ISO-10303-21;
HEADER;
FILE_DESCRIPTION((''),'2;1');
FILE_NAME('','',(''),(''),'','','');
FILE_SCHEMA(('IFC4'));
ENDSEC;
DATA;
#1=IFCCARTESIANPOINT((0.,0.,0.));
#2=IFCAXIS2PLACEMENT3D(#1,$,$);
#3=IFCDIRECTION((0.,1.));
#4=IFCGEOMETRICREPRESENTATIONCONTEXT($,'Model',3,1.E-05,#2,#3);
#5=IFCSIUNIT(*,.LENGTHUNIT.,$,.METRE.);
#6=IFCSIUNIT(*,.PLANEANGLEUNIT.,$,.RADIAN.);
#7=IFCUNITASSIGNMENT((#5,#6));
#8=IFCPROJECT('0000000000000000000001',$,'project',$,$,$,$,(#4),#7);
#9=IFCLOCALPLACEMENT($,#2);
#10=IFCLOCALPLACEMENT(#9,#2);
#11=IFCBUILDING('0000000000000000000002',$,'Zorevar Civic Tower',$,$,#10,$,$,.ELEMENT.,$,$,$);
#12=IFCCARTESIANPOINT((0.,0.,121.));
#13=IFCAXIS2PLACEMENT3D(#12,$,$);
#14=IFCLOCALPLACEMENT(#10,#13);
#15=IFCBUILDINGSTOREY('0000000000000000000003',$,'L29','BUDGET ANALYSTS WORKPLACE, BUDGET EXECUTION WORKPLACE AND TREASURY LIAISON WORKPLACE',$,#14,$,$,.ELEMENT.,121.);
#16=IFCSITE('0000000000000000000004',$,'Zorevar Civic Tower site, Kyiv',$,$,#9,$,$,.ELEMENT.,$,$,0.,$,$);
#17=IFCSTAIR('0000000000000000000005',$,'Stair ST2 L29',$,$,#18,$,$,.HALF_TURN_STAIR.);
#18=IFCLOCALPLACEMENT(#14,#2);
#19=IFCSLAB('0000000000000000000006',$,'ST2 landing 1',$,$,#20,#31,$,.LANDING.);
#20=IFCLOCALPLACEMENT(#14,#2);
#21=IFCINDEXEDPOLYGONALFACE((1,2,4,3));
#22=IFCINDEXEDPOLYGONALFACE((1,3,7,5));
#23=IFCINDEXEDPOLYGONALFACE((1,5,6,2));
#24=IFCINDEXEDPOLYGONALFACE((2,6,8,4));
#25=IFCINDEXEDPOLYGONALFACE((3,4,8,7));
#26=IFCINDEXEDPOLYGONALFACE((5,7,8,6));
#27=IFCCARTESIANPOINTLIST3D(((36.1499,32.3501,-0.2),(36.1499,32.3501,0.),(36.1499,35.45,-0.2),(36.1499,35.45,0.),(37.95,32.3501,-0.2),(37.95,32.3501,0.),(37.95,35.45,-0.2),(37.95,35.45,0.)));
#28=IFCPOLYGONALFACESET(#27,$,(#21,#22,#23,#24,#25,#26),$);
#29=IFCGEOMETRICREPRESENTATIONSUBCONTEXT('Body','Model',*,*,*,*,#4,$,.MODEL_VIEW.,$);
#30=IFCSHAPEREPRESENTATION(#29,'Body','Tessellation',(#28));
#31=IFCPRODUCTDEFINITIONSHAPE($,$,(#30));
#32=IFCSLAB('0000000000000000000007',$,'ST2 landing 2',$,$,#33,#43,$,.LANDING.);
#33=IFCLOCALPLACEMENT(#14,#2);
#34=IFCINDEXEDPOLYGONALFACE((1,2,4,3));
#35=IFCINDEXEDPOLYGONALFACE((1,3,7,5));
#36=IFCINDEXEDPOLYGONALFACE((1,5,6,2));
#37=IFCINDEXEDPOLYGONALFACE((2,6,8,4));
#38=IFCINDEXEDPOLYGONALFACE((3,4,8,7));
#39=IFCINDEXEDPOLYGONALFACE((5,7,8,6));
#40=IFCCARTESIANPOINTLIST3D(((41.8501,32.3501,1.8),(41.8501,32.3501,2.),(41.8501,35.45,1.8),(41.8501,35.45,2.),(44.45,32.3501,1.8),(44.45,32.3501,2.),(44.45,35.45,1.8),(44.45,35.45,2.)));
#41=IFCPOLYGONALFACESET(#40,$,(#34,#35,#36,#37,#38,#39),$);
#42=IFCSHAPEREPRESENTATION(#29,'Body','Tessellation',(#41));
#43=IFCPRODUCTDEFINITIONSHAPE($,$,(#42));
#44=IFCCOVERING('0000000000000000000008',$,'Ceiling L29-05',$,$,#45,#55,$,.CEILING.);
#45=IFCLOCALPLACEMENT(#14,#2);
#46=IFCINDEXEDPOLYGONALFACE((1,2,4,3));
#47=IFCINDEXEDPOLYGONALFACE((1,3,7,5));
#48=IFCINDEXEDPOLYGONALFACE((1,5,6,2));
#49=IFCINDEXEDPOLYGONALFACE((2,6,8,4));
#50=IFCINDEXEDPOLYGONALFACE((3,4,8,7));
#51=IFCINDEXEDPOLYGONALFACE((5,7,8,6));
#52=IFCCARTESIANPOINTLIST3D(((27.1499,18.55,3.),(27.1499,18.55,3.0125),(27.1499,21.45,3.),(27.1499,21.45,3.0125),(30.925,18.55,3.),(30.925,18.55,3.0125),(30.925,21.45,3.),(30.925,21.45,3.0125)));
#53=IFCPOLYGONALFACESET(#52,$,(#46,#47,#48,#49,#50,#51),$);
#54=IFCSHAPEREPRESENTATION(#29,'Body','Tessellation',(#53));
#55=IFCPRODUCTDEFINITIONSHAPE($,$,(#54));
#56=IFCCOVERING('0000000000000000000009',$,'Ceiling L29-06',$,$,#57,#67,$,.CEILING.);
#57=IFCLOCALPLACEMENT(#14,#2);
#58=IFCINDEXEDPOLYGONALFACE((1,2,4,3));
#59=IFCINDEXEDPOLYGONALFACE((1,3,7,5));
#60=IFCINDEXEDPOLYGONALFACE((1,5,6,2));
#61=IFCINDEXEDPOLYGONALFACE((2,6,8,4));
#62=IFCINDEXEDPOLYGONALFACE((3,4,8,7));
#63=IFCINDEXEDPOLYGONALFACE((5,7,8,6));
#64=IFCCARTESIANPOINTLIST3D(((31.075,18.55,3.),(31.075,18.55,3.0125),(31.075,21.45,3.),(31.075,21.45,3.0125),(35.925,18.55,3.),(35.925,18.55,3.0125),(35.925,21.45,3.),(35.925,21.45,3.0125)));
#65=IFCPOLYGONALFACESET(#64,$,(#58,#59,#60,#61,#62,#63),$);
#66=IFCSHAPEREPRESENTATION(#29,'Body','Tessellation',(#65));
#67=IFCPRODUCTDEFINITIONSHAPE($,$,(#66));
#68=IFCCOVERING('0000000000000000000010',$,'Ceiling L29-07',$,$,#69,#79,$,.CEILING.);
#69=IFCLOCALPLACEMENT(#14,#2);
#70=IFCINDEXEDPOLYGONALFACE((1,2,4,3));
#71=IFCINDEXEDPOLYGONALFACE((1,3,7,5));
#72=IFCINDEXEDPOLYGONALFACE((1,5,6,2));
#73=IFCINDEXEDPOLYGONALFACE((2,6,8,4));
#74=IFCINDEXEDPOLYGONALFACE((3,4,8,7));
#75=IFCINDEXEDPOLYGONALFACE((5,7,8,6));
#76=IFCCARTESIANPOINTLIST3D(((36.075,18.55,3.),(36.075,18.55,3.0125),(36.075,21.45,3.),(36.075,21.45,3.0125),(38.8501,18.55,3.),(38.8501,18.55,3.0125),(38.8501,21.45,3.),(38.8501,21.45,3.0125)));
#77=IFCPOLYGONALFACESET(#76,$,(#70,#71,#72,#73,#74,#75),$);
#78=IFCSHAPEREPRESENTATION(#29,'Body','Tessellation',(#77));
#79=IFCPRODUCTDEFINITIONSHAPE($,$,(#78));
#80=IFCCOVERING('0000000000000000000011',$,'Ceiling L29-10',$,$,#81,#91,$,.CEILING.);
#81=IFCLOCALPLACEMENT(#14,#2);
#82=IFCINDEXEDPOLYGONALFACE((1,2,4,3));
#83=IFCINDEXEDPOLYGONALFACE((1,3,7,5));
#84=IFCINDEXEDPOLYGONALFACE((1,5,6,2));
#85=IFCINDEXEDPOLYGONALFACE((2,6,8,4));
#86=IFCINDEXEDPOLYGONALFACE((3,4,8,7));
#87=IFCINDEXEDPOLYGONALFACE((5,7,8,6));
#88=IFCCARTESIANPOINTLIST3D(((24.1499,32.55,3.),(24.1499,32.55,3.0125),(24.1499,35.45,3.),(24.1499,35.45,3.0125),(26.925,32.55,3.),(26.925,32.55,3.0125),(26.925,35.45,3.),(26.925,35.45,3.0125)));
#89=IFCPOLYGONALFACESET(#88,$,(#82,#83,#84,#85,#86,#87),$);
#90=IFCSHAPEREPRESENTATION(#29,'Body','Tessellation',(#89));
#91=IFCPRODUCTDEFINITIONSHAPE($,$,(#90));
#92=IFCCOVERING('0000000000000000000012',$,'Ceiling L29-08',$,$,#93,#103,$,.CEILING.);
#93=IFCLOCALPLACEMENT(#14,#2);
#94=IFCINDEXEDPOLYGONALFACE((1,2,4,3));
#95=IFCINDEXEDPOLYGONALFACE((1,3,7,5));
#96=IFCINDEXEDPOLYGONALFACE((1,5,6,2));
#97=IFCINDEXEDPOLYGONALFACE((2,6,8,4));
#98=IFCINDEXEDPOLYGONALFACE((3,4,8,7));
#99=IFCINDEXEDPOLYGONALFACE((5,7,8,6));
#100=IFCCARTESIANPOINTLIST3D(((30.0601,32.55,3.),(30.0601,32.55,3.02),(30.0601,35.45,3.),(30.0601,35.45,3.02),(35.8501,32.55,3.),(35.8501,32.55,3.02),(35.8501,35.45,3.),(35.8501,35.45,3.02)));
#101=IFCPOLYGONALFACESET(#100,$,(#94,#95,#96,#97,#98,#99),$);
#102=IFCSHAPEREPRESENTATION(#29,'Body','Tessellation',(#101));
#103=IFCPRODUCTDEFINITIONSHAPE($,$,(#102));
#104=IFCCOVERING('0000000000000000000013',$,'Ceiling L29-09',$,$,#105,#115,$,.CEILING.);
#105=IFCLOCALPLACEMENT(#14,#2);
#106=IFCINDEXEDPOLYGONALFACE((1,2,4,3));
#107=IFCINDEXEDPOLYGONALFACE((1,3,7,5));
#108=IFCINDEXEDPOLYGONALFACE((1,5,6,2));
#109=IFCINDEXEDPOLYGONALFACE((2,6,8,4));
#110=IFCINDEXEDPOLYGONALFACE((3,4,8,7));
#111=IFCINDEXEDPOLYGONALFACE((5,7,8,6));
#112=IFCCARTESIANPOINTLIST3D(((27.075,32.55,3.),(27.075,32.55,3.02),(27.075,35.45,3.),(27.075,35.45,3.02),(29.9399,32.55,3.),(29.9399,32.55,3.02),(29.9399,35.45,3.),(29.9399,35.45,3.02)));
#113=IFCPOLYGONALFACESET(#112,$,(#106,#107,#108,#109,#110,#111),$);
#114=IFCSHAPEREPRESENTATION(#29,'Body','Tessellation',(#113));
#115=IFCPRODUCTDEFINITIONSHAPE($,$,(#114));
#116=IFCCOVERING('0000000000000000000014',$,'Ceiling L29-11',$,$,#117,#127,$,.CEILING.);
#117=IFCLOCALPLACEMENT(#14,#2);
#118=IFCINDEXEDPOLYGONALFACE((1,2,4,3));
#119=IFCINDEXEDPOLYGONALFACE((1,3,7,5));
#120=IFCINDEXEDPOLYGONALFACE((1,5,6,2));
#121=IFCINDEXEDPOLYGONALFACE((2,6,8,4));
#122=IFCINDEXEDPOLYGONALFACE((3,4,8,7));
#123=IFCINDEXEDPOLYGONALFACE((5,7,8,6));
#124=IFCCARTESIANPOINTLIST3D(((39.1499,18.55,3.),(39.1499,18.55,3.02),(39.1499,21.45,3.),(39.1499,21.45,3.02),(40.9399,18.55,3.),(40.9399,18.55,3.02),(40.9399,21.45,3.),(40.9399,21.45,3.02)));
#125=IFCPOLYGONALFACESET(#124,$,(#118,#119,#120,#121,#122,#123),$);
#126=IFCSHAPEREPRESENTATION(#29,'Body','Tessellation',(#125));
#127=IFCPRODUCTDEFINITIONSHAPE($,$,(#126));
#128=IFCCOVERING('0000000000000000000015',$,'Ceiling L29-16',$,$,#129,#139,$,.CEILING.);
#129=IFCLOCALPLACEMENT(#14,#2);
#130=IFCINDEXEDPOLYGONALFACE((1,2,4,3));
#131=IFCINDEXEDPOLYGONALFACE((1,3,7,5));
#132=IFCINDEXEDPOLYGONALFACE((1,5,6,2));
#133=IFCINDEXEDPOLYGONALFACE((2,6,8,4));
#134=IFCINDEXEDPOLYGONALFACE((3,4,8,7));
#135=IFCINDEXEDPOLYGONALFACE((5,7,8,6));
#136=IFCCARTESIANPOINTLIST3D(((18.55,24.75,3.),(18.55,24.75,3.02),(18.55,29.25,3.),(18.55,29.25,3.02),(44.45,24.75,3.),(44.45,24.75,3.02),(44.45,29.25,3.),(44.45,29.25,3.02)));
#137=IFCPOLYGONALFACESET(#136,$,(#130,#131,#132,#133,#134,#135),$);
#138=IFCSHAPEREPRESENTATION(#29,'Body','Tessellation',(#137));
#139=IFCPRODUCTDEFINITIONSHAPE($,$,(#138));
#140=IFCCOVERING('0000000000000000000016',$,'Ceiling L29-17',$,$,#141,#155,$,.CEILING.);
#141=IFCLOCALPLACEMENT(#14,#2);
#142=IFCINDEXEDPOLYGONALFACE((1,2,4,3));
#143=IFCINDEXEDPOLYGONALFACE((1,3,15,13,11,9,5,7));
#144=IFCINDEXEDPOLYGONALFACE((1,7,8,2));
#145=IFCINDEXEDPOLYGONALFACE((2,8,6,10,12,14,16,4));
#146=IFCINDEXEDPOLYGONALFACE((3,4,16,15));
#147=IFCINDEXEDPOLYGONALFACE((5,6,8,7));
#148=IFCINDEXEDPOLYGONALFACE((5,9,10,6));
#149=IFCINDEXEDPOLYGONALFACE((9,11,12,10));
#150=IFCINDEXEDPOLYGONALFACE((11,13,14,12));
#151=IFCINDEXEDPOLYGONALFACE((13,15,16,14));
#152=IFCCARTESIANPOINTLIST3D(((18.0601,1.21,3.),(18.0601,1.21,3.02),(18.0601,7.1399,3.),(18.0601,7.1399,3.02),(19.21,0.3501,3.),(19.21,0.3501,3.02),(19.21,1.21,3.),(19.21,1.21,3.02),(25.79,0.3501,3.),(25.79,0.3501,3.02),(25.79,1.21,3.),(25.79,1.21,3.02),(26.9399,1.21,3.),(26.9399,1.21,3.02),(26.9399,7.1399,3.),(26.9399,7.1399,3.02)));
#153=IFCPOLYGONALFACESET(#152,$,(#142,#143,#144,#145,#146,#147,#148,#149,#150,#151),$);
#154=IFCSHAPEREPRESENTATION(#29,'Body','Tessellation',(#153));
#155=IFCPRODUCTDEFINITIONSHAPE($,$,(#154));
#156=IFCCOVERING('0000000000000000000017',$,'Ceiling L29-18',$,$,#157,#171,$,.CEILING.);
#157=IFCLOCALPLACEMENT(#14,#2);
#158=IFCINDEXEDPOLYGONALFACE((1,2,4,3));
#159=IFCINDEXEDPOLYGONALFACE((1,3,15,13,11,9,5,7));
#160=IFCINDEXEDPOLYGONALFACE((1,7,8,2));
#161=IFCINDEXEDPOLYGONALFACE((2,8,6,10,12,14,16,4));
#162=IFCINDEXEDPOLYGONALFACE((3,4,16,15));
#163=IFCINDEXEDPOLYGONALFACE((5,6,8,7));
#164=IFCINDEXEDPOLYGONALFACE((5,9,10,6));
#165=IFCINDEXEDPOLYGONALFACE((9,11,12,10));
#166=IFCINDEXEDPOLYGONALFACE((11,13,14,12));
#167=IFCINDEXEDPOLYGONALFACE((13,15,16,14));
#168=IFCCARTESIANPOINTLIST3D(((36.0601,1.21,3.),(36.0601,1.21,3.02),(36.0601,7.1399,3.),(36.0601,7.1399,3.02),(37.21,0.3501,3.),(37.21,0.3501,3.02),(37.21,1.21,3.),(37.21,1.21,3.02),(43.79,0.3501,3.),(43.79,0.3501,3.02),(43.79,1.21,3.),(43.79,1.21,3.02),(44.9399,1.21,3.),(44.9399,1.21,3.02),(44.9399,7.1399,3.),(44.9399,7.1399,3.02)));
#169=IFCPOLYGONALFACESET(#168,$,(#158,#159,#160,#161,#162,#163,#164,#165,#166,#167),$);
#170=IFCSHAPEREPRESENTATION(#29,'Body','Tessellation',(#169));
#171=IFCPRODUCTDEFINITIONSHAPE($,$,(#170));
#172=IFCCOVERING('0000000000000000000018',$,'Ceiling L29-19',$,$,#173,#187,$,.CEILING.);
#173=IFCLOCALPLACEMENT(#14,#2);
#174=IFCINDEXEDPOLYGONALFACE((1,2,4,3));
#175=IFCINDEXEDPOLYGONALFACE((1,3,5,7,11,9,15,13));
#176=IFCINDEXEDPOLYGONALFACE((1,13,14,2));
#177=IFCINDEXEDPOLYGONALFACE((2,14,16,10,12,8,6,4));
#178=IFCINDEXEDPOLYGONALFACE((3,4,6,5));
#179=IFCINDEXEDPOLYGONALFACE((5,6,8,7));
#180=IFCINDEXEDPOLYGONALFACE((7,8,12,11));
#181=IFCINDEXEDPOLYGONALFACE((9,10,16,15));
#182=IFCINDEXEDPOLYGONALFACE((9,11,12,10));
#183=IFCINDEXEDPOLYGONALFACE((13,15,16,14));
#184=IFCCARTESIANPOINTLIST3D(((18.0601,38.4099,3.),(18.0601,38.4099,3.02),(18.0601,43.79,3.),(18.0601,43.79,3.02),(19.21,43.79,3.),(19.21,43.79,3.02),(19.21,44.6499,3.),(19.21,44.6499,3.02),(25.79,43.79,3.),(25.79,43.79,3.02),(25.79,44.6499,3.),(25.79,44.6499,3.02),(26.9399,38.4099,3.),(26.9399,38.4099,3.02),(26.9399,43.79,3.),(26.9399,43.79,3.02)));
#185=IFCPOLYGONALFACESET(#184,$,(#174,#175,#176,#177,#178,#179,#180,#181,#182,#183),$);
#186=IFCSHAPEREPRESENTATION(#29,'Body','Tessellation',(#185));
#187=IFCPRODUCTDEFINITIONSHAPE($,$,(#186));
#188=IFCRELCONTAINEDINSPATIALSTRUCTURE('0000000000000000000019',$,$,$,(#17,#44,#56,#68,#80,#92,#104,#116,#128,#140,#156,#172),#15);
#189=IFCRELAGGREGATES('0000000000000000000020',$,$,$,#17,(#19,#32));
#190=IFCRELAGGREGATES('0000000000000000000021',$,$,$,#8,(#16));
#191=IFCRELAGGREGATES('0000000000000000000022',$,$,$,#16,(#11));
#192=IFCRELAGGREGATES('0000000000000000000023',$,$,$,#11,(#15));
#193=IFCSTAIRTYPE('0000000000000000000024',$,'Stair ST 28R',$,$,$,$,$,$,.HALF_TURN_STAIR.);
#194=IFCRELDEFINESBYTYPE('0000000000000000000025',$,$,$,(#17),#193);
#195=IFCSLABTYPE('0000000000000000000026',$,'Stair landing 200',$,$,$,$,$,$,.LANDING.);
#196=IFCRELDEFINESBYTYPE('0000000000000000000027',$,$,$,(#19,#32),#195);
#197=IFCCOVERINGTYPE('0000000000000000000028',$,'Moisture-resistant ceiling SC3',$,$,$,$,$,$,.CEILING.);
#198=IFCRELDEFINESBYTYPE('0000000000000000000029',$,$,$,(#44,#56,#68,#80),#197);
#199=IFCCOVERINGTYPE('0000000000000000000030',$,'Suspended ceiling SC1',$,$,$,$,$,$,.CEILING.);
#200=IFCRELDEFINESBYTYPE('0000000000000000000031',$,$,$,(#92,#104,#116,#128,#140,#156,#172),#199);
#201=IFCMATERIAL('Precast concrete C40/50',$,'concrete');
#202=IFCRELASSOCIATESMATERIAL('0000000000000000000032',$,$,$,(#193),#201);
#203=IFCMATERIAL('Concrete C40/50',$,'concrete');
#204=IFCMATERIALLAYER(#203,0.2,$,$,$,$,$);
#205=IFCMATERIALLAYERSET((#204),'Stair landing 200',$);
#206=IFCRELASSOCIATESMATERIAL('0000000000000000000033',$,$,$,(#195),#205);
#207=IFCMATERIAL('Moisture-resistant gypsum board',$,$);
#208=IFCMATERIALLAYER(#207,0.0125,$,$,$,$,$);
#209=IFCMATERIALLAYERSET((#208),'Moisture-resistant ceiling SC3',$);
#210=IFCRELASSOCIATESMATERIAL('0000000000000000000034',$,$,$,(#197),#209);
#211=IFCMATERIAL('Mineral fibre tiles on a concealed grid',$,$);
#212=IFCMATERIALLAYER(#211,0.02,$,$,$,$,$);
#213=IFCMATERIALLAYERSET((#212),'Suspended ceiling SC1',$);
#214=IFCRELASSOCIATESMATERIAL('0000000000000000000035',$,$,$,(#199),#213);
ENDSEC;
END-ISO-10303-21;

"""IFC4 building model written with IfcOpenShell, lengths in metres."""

from ifc_helpers import new_model, si_unit, direction, frame, origin, place, context, subcontext, project, spatial, polyline, outline, extrude, material, layer, layer_set, type_object, element, aggregate, save


model = new_model("IFC4")

# Units and contexts
model_context = context("Model", 3, precision=1e-05, world=origin(), true_north=direction((0.0, 1.0)))
body_context = subcontext(model_context, "Body", "Model", "MODEL_VIEW")
ifc_project = project(units=[si_unit("LENGTHUNIT", "METRE"), si_unit("PLANEANGLEUNIT", "RADIAN")], contexts=[model_context])

# Site, building, storey
site_placement = place(None, origin())
site = spatial("IfcSite", under=ifc_project, at=site_placement, Name="Zorevar Civic Tower site, Kyiv", CompositionType="ELEMENT", RefElevation=0.0)
building_placement = place(site_placement, origin())
building = spatial("IfcBuilding", under=site, at=building_placement, Name="Zorevar Civic Tower", CompositionType="ELEMENT")
storey_placement = place(building_placement, frame((0.0, 0.0, 121.0)))
storey = spatial("IfcBuildingStorey", under=building, at=storey_placement, Name="L29", Description="BUDGET ANALYSTS WORKPLACE, BUDGET EXECUTION WORKPLACE AND TREASURY LIAISON WORKPLACE", CompositionType="ELEMENT", Elevation=121.0)

# Stair, slabs
ifc_material_1 = material(Name="Precast concrete C40/50", Category="concrete")
stair_type = type_object("IfcStairType", Name="Stair ST 28R", PredefinedType="HALF_TURN_STAIR", material=ifc_material_1)
ifc_material_2 = material(Name="Concrete C40/50", Category="concrete")
ifc_layer_1 = layer(ifc_material_2, 0.2)
ifc_layer_set_1 = layer_set([ifc_layer_1], Name="Stair landing 200")
slab_type_1 = type_object("IfcSlabType", Name="Stair landing 200", PredefinedType="LANDING", material=ifc_layer_set_1)
stair_1_placement = place(storey_placement, origin())
stair_1 = element("IfcStair", 1, at=stair_1_placement, inside=storey, type_object=stair_type, Name="Stair ST2 L29", PredefinedType="HALF_TURN_STAIR")
slab_1_placement = place(storey_placement, frame((0.0, 0.0, -0.2)))
slab_1 = element("IfcSlab", 2, at=slab_1_placement, type_object=slab_type_1, Name="ST2 landing 1", PredefinedType="LANDING", context=body_context, shape_type="SweptSolid", body=[
    extrude(outline(polyline([(37.95, 32.3501), (36.1499, 32.3501), (36.1499, 35.45), (37.95, 35.45), (37.95, 32.3501)])), origin(), (0.0, 0.0, 1.0), 0.2),
])
slab_2_placement = place(storey_placement, frame((0.0, 0.0, 1.8)))
slab_2 = element("IfcSlab", 3, at=slab_2_placement, type_object=slab_type_1, Name="ST2 landing 2", PredefinedType="LANDING", context=body_context, shape_type="SweptSolid", body=[
    extrude(outline(polyline([(44.45, 32.3501), (41.8501, 32.3501), (41.8501, 35.45), (44.45, 35.45), (44.45, 32.3501)])), origin(), (0.0, 0.0, 1.0), 0.2),
])
aggregate(stair_1, [slab_1, slab_2])

# Coverings
ifc_material_3 = material(Name="Moisture-resistant gypsum board")
ifc_layer_2 = layer(ifc_material_3, 0.0125)
ifc_layer_set_2 = layer_set([ifc_layer_2], Name="Moisture-resistant ceiling SC3")
covering_type_1 = type_object("IfcCoveringType", Name="Moisture-resistant ceiling SC3", PredefinedType="CEILING", material=ifc_layer_set_2)
covering_1_placement = place(storey_placement, frame((0.0, 0.0, 3.0)))
element("IfcCovering", 4, at=covering_1_placement, inside=storey, type_object=covering_type_1, Name="Ceiling L29-05", PredefinedType="CEILING", context=body_context, shape_type="SweptSolid", body=[
    extrude(outline(polyline([(30.925, 18.55), (30.925, 21.45), (27.1499, 21.45), (27.1499, 18.55), (30.925, 18.55)])), origin(), (0.0, 0.0, 1.0), 0.0125),
])
covering_2_placement = place(storey_placement, frame((0.0, 0.0, 3.0)))
element("IfcCovering", 5, at=covering_2_placement, inside=storey, type_object=covering_type_1, Name="Ceiling L29-06", PredefinedType="CEILING", context=body_context, shape_type="SweptSolid", body=[
    extrude(outline(polyline([(35.925, 18.55), (35.925, 21.45), (31.075, 21.45), (31.075, 18.55), (35.925, 18.55)])), origin(), (0.0, 0.0, 1.0), 0.0125),
])
covering_3_placement = place(storey_placement, frame((0.0, 0.0, 3.0)))
element("IfcCovering", 6, at=covering_3_placement, inside=storey, type_object=covering_type_1, Name="Ceiling L29-07", PredefinedType="CEILING", context=body_context, shape_type="SweptSolid", body=[
    extrude(outline(polyline([(38.8501, 18.55), (38.8501, 21.45), (36.075, 21.45), (36.075, 18.55), (38.8501, 18.55)])), origin(), (0.0, 0.0, 1.0), 0.0125),
])
covering_4_placement = place(storey_placement, frame((0.0, 0.0, 3.0)))
element("IfcCovering", 7, at=covering_4_placement, inside=storey, type_object=covering_type_1, Name="Ceiling L29-10", PredefinedType="CEILING", context=body_context, shape_type="SweptSolid", body=[
    extrude(outline(polyline([(26.925, 32.55), (26.925, 35.45), (24.1499, 35.45), (24.1499, 32.55), (26.925, 32.55)])), origin(), (0.0, 0.0, 1.0), 0.0125),
])
ifc_material_4 = material(Name="Mineral fibre tiles on a concealed grid")
ifc_layer_3 = layer(ifc_material_4, 0.02)
ifc_layer_set_3 = layer_set([ifc_layer_3], Name="Suspended ceiling SC1")
covering_type_2 = type_object("IfcCoveringType", Name="Suspended ceiling SC1", PredefinedType="CEILING", material=ifc_layer_set_3)
covering_5_placement = place(storey_placement, frame((0.0, 0.0, 3.0)))
element("IfcCovering", 8, at=covering_5_placement, inside=storey, type_object=covering_type_2, Name="Ceiling L29-08", PredefinedType="CEILING", context=body_context, shape_type="SweptSolid", body=[
    extrude(outline(polyline([(35.8501, 32.55), (35.8501, 35.45), (30.0601, 35.45), (30.0601, 32.55), (35.8501, 32.55)])), origin(), (0.0, 0.0, 1.0), 0.02),
])
covering_6_placement = place(storey_placement, frame((0.0, 0.0, 3.0)))
element("IfcCovering", 9, at=covering_6_placement, inside=storey, type_object=covering_type_2, Name="Ceiling L29-09", PredefinedType="CEILING", context=body_context, shape_type="SweptSolid", body=[
    extrude(outline(polyline([(29.9399, 32.55), (29.9399, 35.45), (27.075, 35.45), (27.075, 32.55), (29.9399, 32.55)])), origin(), (0.0, 0.0, 1.0), 0.02),
])
covering_7_placement = place(storey_placement, frame((0.0, 0.0, 3.0)))
element("IfcCovering", 10, at=covering_7_placement, inside=storey, type_object=covering_type_2, Name="Ceiling L29-11", PredefinedType="CEILING", context=body_context, shape_type="SweptSolid", body=[
    extrude(outline(polyline([(40.9399, 18.55), (40.9399, 21.45), (39.1499, 21.45), (39.1499, 18.55), (40.9399, 18.55)])), origin(), (0.0, 0.0, 1.0), 0.02),
])
covering_8_placement = place(storey_placement, frame((0.0, 0.0, 3.0)))
element("IfcCovering", 11, at=covering_8_placement, inside=storey, type_object=covering_type_2, Name="Ceiling L29-16", PredefinedType="CEILING", context=body_context, shape_type="SweptSolid", body=[
    extrude(outline(polyline([(44.45, 24.75), (44.45, 29.25), (18.55, 29.25), (18.55, 24.75), (44.45, 24.75)])), origin(), (0.0, 0.0, 1.0), 0.02),
])
covering_9_placement = place(storey_placement, frame((0.0, 0.0, 3.0)))
element("IfcCovering", 12, at=covering_9_placement, inside=storey, type_object=covering_type_2, Name="Ceiling L29-17", PredefinedType="CEILING", context=body_context, shape_type="SweptSolid", body=[
    extrude(outline(polyline([(19.21, 0.3501), (19.21, 1.21), (18.0601, 1.21), (18.0601, 7.1399), (26.9399, 7.1399), (26.9399, 1.21), (25.79, 1.21), (25.79, 0.3501), (19.21, 0.3501)])), origin(), (0.0, 0.0, 1.0), 0.02),
])
covering_10_placement = place(storey_placement, frame((0.0, 0.0, 3.0)))
element("IfcCovering", 13, at=covering_10_placement, inside=storey, type_object=covering_type_2, Name="Ceiling L29-18", PredefinedType="CEILING", context=body_context, shape_type="SweptSolid", body=[
    extrude(outline(polyline([(37.21, 0.3501), (37.21, 1.21), (36.0601, 1.21), (36.0601, 7.1399), (44.9399, 7.1399), (44.9399, 1.21), (43.79, 1.21), (43.79, 0.3501), (37.21, 0.3501)])), origin(), (0.0, 0.0, 1.0), 0.02),
])
covering_11_placement = place(storey_placement, frame((0.0, 0.0, 3.0)))
element("IfcCovering", 14, at=covering_11_placement, inside=storey, type_object=covering_type_2, Name="Ceiling L29-19", PredefinedType="CEILING", context=body_context, shape_type="SweptSolid", body=[
    extrude(outline(polyline([(19.21, 43.79), (19.21, 44.6499), (25.79, 44.6499), (25.79, 43.79), (26.9399, 43.79), (26.9399, 38.4099), (18.0601, 38.4099), (18.0601, 43.79), (19.21, 43.79)])), origin(), (0.0, 0.0, 1.0), 0.02),
])

save(model, "model.ifc")
